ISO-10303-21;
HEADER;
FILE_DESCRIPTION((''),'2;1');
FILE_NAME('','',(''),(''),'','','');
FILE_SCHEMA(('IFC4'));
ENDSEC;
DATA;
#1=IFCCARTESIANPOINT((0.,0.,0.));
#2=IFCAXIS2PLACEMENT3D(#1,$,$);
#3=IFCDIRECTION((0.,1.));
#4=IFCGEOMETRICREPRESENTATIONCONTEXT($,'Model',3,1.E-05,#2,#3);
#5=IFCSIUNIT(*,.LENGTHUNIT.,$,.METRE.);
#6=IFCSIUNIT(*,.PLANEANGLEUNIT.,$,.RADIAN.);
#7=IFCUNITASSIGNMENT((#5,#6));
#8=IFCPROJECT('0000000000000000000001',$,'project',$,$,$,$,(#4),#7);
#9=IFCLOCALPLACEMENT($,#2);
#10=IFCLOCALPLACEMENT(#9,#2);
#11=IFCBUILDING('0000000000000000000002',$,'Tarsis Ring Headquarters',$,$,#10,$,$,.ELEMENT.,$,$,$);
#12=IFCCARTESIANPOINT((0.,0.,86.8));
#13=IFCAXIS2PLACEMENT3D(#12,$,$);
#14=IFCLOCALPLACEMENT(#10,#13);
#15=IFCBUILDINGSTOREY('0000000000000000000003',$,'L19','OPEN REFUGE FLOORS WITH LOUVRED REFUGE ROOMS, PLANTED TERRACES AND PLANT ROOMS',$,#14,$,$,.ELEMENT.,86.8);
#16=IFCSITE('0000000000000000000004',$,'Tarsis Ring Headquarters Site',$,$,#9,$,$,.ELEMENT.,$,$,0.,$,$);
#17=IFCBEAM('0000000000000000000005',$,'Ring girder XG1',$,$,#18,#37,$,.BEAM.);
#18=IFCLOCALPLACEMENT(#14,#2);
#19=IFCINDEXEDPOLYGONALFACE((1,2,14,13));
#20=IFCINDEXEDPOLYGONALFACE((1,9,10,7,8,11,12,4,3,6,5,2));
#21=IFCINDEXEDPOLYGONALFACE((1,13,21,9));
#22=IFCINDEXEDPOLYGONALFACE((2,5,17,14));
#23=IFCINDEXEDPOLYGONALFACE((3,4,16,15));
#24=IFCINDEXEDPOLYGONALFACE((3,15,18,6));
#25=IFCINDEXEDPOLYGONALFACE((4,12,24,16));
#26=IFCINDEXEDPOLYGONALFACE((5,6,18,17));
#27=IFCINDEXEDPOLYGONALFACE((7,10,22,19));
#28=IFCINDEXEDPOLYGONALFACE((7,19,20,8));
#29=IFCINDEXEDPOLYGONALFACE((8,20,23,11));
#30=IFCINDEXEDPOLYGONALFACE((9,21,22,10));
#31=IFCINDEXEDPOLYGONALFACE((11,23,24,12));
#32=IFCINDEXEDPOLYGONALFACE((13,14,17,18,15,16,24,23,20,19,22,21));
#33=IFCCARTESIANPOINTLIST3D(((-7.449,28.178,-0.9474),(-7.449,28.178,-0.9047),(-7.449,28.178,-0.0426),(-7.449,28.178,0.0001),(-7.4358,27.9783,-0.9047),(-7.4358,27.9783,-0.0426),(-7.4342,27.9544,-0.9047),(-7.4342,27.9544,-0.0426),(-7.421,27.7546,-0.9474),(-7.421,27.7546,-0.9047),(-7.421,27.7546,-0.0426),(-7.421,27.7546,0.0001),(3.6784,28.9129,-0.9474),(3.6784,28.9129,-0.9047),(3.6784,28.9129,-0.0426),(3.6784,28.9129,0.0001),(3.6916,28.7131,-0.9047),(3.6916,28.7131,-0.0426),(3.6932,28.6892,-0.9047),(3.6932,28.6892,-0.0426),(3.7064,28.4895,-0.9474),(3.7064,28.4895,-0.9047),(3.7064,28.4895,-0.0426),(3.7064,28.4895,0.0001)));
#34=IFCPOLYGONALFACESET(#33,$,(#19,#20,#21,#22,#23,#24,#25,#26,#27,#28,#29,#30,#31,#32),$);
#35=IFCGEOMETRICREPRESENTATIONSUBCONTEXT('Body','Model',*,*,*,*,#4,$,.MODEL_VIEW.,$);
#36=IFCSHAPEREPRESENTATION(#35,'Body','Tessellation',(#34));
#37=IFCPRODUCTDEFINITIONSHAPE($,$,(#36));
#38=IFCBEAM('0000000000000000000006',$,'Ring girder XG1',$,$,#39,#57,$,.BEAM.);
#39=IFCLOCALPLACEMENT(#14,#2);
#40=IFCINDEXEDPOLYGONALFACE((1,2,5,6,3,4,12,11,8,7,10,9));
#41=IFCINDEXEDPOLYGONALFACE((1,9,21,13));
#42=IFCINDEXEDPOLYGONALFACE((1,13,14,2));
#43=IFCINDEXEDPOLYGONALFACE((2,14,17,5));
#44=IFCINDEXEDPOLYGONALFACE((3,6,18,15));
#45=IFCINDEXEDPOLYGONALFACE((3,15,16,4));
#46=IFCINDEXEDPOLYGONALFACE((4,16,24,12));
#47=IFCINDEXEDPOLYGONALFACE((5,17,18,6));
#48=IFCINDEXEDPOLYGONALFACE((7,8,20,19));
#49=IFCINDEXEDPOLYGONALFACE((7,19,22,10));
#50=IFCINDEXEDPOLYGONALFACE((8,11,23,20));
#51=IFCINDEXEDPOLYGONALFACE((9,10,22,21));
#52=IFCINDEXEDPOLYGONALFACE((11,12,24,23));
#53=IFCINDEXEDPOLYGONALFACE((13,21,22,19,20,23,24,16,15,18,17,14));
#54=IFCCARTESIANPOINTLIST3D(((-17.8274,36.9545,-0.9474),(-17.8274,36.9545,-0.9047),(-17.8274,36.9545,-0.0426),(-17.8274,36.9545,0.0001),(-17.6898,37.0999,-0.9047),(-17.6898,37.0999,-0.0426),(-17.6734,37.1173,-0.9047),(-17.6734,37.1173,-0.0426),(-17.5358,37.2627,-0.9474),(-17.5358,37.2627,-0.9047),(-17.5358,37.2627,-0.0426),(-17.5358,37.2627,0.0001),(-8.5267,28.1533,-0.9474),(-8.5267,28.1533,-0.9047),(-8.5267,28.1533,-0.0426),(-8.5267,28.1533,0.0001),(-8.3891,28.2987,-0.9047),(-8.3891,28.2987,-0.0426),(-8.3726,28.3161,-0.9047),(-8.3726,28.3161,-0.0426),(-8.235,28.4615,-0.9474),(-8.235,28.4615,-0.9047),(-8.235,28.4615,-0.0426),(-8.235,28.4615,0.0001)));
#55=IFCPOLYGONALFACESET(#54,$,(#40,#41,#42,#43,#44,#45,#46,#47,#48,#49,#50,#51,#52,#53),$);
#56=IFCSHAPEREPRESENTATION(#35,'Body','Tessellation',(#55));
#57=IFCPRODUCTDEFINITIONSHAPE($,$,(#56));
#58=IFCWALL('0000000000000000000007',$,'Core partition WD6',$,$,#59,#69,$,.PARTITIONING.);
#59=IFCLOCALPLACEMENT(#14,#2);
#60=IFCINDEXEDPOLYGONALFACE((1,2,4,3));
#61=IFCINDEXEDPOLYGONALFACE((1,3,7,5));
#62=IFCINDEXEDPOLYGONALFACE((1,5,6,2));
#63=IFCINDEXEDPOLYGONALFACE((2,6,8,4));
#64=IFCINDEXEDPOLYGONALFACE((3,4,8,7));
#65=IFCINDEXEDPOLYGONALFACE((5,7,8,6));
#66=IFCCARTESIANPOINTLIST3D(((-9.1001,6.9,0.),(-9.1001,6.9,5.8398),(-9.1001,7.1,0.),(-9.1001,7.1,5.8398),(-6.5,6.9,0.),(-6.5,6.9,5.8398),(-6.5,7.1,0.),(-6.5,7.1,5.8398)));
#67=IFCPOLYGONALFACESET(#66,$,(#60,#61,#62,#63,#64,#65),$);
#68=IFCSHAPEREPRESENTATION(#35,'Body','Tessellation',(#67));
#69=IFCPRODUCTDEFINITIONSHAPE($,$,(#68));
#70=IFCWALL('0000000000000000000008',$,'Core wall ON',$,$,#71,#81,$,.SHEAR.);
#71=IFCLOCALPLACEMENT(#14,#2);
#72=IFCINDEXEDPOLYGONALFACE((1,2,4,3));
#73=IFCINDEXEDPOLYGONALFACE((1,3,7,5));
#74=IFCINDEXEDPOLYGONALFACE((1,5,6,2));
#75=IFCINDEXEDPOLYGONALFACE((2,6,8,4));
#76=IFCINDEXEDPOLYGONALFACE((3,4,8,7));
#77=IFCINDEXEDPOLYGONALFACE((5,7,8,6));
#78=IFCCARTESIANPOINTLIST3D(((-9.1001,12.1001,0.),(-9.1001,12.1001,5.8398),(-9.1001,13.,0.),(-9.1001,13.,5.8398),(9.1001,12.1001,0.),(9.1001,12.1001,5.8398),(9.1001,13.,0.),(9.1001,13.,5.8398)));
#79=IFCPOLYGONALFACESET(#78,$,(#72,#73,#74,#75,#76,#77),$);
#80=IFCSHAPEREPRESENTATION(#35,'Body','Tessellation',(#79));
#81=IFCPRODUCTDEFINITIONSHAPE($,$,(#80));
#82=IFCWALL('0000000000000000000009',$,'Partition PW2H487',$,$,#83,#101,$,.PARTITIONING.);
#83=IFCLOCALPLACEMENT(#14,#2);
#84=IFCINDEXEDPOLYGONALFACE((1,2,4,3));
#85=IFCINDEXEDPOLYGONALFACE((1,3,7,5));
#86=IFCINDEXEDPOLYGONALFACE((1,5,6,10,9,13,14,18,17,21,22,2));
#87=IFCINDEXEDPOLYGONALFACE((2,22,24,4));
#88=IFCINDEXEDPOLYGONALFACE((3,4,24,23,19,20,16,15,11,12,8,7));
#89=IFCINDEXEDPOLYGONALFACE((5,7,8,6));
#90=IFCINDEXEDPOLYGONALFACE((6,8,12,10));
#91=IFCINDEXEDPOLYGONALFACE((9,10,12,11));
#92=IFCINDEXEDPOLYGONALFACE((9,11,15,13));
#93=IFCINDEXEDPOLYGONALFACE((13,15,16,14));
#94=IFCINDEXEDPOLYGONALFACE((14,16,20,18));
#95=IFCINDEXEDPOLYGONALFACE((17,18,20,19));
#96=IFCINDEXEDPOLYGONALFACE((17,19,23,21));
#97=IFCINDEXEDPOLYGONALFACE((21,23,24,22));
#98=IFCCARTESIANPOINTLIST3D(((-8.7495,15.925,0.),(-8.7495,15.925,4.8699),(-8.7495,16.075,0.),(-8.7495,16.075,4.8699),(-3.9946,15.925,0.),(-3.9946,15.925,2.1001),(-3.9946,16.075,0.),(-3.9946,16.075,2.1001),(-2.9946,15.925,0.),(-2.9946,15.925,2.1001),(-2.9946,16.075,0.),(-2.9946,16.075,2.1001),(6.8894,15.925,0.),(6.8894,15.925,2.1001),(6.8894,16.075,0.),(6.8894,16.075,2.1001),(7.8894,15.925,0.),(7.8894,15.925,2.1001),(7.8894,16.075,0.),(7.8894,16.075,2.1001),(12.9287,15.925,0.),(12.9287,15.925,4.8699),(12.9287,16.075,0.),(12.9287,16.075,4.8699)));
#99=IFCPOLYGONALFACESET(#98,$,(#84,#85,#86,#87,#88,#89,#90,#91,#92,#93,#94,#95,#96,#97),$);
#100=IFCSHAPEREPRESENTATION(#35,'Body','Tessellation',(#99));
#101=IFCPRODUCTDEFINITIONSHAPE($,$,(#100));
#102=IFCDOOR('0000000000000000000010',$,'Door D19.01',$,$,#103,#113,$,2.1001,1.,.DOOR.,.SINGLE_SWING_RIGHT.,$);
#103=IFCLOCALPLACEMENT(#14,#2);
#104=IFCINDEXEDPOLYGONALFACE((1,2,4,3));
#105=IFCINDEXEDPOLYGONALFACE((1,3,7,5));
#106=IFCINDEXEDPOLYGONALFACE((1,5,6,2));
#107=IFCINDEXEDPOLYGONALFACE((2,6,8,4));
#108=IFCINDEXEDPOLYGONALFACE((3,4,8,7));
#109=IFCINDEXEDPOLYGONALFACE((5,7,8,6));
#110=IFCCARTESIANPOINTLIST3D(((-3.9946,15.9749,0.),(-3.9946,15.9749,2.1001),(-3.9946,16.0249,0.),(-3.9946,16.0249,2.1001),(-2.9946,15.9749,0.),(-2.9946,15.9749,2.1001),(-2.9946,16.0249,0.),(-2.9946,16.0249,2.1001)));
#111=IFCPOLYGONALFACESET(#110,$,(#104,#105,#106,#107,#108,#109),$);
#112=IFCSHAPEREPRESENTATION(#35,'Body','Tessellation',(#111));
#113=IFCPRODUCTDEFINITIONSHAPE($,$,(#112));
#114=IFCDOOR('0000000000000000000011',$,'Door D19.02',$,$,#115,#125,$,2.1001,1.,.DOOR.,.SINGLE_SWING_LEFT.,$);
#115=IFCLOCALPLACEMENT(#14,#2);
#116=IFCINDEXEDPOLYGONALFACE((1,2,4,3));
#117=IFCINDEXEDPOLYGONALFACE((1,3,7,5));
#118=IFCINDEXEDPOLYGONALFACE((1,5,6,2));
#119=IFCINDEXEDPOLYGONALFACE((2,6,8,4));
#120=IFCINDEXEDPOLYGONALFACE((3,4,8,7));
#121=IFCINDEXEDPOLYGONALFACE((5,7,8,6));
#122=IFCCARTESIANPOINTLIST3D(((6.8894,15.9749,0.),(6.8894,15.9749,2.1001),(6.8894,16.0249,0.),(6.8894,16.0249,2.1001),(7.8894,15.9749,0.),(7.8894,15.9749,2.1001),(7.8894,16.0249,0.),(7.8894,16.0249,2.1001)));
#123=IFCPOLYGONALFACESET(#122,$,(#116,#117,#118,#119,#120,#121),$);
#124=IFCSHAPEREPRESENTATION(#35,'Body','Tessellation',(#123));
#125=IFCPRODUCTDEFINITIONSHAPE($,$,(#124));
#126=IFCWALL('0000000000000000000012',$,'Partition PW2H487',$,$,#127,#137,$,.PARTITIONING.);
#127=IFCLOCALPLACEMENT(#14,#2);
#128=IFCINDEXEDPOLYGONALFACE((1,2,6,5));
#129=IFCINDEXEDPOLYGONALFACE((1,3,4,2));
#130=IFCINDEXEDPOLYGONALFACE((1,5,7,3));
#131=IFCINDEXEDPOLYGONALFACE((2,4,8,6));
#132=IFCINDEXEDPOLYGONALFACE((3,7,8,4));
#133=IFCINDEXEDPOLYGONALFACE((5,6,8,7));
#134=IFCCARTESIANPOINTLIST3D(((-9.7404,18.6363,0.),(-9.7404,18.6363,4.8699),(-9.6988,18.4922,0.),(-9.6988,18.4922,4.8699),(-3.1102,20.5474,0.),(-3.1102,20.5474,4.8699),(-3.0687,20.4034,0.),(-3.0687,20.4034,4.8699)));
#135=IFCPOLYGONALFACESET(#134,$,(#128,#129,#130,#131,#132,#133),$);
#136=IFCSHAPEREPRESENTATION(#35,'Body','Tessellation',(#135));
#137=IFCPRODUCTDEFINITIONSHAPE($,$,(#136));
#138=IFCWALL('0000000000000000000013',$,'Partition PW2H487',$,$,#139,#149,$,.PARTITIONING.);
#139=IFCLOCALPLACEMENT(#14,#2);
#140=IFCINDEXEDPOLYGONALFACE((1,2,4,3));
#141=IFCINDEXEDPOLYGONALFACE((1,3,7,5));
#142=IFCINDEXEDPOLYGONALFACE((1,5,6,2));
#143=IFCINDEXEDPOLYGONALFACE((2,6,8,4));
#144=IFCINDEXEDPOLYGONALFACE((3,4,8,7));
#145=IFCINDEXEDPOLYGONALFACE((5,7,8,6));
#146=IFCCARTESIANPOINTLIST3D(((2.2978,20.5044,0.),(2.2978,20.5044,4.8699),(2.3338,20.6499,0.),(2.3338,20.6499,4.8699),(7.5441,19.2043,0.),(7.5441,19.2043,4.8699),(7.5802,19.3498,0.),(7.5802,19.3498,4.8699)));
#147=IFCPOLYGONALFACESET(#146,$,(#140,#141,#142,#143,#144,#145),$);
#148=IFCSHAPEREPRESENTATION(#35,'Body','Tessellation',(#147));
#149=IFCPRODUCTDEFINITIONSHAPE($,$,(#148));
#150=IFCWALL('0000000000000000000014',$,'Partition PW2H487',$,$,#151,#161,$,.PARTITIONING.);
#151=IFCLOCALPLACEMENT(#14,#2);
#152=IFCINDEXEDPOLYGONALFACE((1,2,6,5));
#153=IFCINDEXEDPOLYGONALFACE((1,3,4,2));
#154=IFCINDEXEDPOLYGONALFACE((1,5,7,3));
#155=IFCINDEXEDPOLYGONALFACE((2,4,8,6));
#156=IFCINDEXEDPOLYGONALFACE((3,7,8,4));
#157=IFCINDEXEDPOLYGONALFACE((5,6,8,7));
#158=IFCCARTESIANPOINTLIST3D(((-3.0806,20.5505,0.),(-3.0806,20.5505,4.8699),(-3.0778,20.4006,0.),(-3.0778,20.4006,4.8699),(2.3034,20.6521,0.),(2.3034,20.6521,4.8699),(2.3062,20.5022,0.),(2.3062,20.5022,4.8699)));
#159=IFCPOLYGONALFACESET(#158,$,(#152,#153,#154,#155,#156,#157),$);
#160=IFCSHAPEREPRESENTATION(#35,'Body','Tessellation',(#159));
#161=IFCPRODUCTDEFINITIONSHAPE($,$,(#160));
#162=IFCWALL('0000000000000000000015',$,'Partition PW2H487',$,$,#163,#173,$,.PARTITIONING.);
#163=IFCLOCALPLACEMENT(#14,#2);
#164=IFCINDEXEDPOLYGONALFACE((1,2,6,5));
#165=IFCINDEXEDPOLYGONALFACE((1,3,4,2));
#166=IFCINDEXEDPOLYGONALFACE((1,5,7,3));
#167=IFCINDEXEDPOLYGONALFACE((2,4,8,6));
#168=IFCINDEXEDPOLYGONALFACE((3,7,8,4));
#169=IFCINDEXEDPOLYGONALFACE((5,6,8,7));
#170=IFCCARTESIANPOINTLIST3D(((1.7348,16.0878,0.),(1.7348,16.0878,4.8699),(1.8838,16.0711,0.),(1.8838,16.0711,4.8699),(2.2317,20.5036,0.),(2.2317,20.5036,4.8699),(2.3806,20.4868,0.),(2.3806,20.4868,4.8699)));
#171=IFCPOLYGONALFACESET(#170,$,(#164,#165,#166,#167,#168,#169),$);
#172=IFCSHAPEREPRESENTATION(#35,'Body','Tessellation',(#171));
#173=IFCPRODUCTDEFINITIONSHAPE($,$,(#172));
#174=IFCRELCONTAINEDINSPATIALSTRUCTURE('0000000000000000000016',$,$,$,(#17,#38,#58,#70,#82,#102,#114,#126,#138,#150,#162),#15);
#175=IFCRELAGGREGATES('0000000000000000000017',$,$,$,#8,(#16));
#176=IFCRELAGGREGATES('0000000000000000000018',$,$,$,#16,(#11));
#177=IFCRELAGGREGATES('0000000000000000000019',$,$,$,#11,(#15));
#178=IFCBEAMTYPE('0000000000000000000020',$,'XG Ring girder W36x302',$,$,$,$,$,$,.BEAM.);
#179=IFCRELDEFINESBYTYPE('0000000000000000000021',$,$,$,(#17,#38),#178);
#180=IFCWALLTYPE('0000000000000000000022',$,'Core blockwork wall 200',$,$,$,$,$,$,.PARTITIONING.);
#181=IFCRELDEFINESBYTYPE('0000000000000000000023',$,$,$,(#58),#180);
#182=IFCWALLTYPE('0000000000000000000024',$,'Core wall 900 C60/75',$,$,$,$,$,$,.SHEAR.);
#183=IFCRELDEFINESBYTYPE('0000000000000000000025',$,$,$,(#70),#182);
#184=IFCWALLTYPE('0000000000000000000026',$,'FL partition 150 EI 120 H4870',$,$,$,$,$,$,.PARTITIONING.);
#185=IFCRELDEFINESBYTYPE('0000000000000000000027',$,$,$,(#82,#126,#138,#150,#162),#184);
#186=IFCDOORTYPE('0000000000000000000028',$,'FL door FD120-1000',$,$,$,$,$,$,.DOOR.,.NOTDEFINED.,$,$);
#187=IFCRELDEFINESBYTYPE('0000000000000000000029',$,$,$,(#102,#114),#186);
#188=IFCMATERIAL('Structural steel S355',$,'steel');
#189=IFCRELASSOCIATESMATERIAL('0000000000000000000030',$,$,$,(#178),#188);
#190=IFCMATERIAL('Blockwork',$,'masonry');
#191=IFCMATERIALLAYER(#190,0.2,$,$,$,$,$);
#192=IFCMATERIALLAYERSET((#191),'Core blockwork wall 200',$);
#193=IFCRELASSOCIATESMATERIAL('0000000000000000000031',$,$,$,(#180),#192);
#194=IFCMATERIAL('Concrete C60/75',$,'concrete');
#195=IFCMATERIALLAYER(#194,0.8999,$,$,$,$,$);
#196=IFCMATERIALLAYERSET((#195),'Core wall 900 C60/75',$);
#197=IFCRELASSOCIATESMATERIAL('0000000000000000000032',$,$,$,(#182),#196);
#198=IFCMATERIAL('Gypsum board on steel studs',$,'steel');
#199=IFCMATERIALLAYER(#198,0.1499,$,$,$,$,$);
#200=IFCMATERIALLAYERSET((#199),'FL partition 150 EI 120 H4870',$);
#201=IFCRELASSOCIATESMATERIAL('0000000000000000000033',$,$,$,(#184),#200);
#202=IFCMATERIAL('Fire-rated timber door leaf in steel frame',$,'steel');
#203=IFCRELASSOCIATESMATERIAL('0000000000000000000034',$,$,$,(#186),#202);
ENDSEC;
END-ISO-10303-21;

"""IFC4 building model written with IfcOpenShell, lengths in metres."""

from ifc_helpers import new_model, si_unit, direction, frame, frame_2d, origin, origin_2d, place, context, subcontext, project, spatial, rectangle, i_section, extrude, material, layer, layer_set, material_profile, profile_set, type_object, element, fill, save


model = new_model("IFC4")

# Units and contexts
model_context = context("Model", 3, precision=1e-05, world=origin(), true_north=direction((0.0, 1.0)))
body_context = subcontext(model_context, "Body", "Model", "MODEL_VIEW")
ifc_project = project(units=[si_unit("LENGTHUNIT", "METRE"), si_unit("PLANEANGLEUNIT", "RADIAN")], contexts=[model_context])

# Site, building, storey
site_placement = place(None, origin())
site = spatial("IfcSite", under=ifc_project, at=site_placement, Name="Tarsis Ring Headquarters Site", CompositionType="ELEMENT", RefElevation=0.0)
building_placement = place(site_placement, origin())
building = spatial("IfcBuilding", under=site, at=building_placement, Name="Tarsis Ring Headquarters", CompositionType="ELEMENT")
storey_placement = place(building_placement, frame((0.0, 0.0, 86.8)))
storey = spatial("IfcBuildingStorey", under=building, at=storey_placement, Name="L19", Description="OPEN REFUGE FLOORS WITH LOUVRED REFUGE ROOMS, PLANTED TERRACES AND PLANT ROOMS", CompositionType="ELEMENT", Elevation=86.8)

# Shared definitions
ifc_material_1 = material(Name="Structural steel S355", Category="steel")
ifc_material_profile_1 = material_profile(ifc_material_1, i_section(OverallWidth=0.4243, OverallDepth=0.9475, WebThickness=0.0239, FlangeThickness=0.0427, at=origin_2d()), Name="W36x302")
ifc_profile_set_1 = profile_set([ifc_material_profile_1], Name="Structural steel S355")

# Beams
beam_type_1 = type_object("IfcBeamType", Name="XG Ring girder W36x302", PredefinedType="BEAM", material=ifc_profile_set_1)
beam_1_placement = place(storey_placement, frame((3.6924, 28.7012, -0.4736), z_axis=(-0.997826, -0.065897, 0.0), x_axis=(0.065897, -0.997826, 0.0)))
element("IfcBeam", 1, at=beam_1_placement, inside=storey, type_object=beam_type_1, Name="Ring girder XG1", PredefinedType="BEAM", context=body_context, shape_type="SweptSolid", body=[
    extrude(i_section(OverallWidth=0.4243, OverallDepth=0.9475, WebThickness=0.0239, FlangeThickness=0.0427, at=origin_2d()), origin(), (0.0, 0.0, 1.0), 11.1516),
])
beam_2_placement = place(storey_placement, frame((-8.3809, 28.3074, -0.4736), z_axis=(-0.726342, 0.687333, 0.0), x_axis=(-0.687333, -0.726342, 0.0)))
element("IfcBeam", 2, at=beam_2_placement, inside=storey, type_object=beam_type_1, Name="Ring girder XG1", PredefinedType="BEAM", context=body_context, shape_type="SweptSolid", body=[
    extrude(i_section(OverallWidth=0.4243, OverallDepth=0.9475, WebThickness=0.0239, FlangeThickness=0.0427, at=origin_2d()), origin(), (0.0, 0.0, 1.0), 12.8049),
])

# Walls
ifc_material_2 = material(Name="Blockwork", Category="masonry")
ifc_layer_1 = layer(ifc_material_2, 0.2)
ifc_layer_set_1 = layer_set([ifc_layer_1], Name="Core blockwork wall 200")
wall_type_1 = type_object("IfcWallType", Name="Core blockwork wall 200", PredefinedType="PARTITIONING", material=ifc_layer_set_1)
wall_1_placement = place(storey_placement, frame((-9.1001, 7.0, 0.0), z_axis=(0.0, 0.0, 1.0), x_axis=(1.0, 0.0, 0.0)))
element("IfcWall", 3, at=wall_1_placement, inside=storey, type_object=wall_type_1, Name="Core partition WD6", PredefinedType="PARTITIONING", context=body_context, shape_type="SweptSolid", body=[
    extrude(rectangle(XDim=2.6001, YDim=0.2, at=frame_2d((1.3, 0.0))), origin(), (0.0, 0.0, 1.0), 5.8398),
])
ifc_material_3 = material(Name="Concrete C60/75", Category="concrete")
ifc_layer_2 = layer(ifc_material_3, 0.8999)
ifc_layer_set_2 = layer_set([ifc_layer_2], Name="Core wall 900 C60/75")
wall_type_2 = type_object("IfcWallType", Name="Core wall 900 C60/75", PredefinedType="SHEAR", material=ifc_layer_set_2)
wall_2_placement = place(storey_placement, frame((-9.1001, 12.55, 0.0), z_axis=(0.0, 0.0, 1.0), x_axis=(1.0, 0.0, 0.0)))
element("IfcWall", 4, at=wall_2_placement, inside=storey, type_object=wall_type_2, Name="Core wall ON", PredefinedType="SHEAR", context=body_context, shape_type="SweptSolid", body=[
    extrude(rectangle(XDim=18.2002, YDim=0.8999, at=frame_2d((9.1001, 0.0))), origin(), (0.0, 0.0, 1.0), 5.8398),
])

# Wall, openings, doors
ifc_material_4 = material(Name="Gypsum board on steel studs", Category="steel")
ifc_layer_3 = layer(ifc_material_4, 0.1499)
ifc_layer_set_3 = layer_set([ifc_layer_3], Name="FL partition 150 EI 120 H4870")
wall_type_3 = type_object("IfcWallType", Name="FL partition 150 EI 120 H4870", PredefinedType="PARTITIONING", material=ifc_layer_set_3)
wall_3_placement = place(storey_placement, frame((-8.7495, 16.0, 0.0), z_axis=(0.0, 0.0, 1.0), x_axis=(1.0, 0.0, 0.0)))
wall_3 = element("IfcWall", 5, at=wall_3_placement, inside=storey, type_object=wall_type_3, Name="Partition PW2H487", PredefinedType="PARTITIONING", context=body_context, shape_type="SweptSolid", body=[
    extrude(rectangle(XDim=21.6782, YDim=0.1499, at=frame_2d((10.8391, 0.0))), origin(), (0.0, 0.0, 1.0), 4.8699),
])
opening_1_placement = place(wall_3_placement, frame((4.7549, 0.0, 0.0)))
opening_1 = element("IfcOpeningElement", 6, at=opening_1_placement, cuts=wall_3, PredefinedType="OPENING", context=body_context, shape_type="SweptSolid", body=[
    extrude(rectangle(XDim=1.0, YDim=2.1001, at=frame_2d((0.5, 1.05))), frame((0.0, 0.085, 0.0), z_axis=(0.0, -1.0, 0.0), x_axis=(1.0, 0.0, 0.0)), (0.0, 0.0, 1.0), 0.1699),
])
opening_2_placement = place(wall_3_placement, frame((15.6389, 0.0, 0.0)))
opening_2 = element("IfcOpeningElement", 7, at=opening_2_placement, cuts=wall_3, PredefinedType="OPENING", context=body_context, shape_type="SweptSolid", body=[
    extrude(rectangle(XDim=1.0, YDim=2.1001, at=frame_2d((0.5, 1.05))), frame((0.0, 0.085, 0.0), z_axis=(0.0, -1.0, 0.0), x_axis=(1.0, 0.0, 0.0)), (0.0, 0.0, 1.0), 0.1699),
])
ifc_material_5 = material(Name="Fire-rated timber door leaf in steel frame", Category="steel")
door_type = type_object("IfcDoorType", Name="FL door FD120-1000", OperationType="NOTDEFINED", PredefinedType="DOOR", material=ifc_material_5)
door_1_placement = place(opening_1_placement, origin())
door_1 = element("IfcDoor", 8, at=door_1_placement, inside=storey, type_object=door_type, Name="Door D19.01", OperationType="SINGLE_SWING_RIGHT", OverallHeight=2.1001, OverallWidth=1.0, PredefinedType="DOOR", context=body_context, shape_type="SweptSolid", body=[
    extrude(rectangle(XDim=1.0, YDim=2.1001, at=frame_2d((0.5, 1.05))), frame((0.0, 0.0249, 0.0), z_axis=(0.0, -1.0, 0.0), x_axis=(1.0, 0.0, 0.0)), (0.0, 0.0, 1.0), 0.05),
])
fill(opening_1, door_1)
door_2_placement = place(opening_2_placement, origin())
door_2 = element("IfcDoor", 9, at=door_2_placement, inside=storey, type_object=door_type, Name="Door D19.02", OperationType="SINGLE_SWING_LEFT", OverallHeight=2.1001, OverallWidth=1.0, PredefinedType="DOOR", context=body_context, shape_type="SweptSolid", body=[
    extrude(rectangle(XDim=1.0, YDim=2.1001, at=frame_2d((0.5, 1.05))), frame((0.0, 0.0249, 0.0), z_axis=(0.0, -1.0, 0.0), x_axis=(1.0, 0.0, 0.0)), (0.0, 0.0, 1.0), 0.05),
])
fill(opening_2, door_2)

# Walls
wall_4_placement = place(storey_placement, frame((-9.7197, 18.5642, 0.0), z_axis=(0.0, 0.0, 1.0), x_axis=(0.960878, 0.276973, 0.0)))
element("IfcWall", 10, at=wall_4_placement, inside=storey, type_object=wall_type_3, Name="Partition PW2H487", PredefinedType="PARTITIONING", context=body_context, shape_type="SweptSolid", body=[
    extrude(rectangle(XDim=6.9001, YDim=0.1499, at=frame_2d((3.4502, 0.0))), origin(), (0.0, 0.0, 1.0), 4.8699),
])
wall_5_placement = place(storey_placement, frame((2.3157, 20.5771, 0.0), z_axis=(0.0, 0.0, 1.0), x_axis=(0.970643, -0.240526, 0.0)))
element("IfcWall", 11, at=wall_5_placement, inside=storey, type_object=wall_type_3, Name="Partition PW2H487", PredefinedType="PARTITIONING", context=body_context, shape_type="SweptSolid", body=[
    extrude(rectangle(XDim=5.405, YDim=0.1499, at=frame_2d((2.7026, 0.0))), origin(), (0.0, 0.0, 1.0), 4.8699),
])
wall_6_placement = place(storey_placement, frame((-3.0791, 20.4756, 0.0), z_axis=(0.0, 0.0, 1.0), x_axis=(0.999822, 0.01886, 0.0)))
element("IfcWall", 12, at=wall_6_placement, inside=storey, type_object=wall_type_3, Name="Partition PW2H487", PredefinedType="PARTITIONING", context=body_context, shape_type="SweptSolid", body=[
    extrude(rectangle(XDim=5.385, YDim=0.1499, at=frame_2d((2.6924, 0.0))), origin(), (0.0, 0.0, 1.0), 4.8699),
])
wall_7_placement = place(storey_placement, frame((1.8093, 16.0796, 0.0), z_axis=(0.0, 0.0, 1.0), x_axis=(0.111806, 0.99373, 0.0)))
element("IfcWall", 13, at=wall_7_placement, inside=storey, type_object=wall_type_3, Name="Partition PW2H487", PredefinedType="PARTITIONING", context=body_context, shape_type="SweptSolid", body=[
    extrude(rectangle(XDim=4.4436, YDim=0.1499, at=frame_2d((2.2217, 0.0))), origin(), (0.0, 0.0, 1.0), 4.8699),
])

save(model, "model.ifc")
